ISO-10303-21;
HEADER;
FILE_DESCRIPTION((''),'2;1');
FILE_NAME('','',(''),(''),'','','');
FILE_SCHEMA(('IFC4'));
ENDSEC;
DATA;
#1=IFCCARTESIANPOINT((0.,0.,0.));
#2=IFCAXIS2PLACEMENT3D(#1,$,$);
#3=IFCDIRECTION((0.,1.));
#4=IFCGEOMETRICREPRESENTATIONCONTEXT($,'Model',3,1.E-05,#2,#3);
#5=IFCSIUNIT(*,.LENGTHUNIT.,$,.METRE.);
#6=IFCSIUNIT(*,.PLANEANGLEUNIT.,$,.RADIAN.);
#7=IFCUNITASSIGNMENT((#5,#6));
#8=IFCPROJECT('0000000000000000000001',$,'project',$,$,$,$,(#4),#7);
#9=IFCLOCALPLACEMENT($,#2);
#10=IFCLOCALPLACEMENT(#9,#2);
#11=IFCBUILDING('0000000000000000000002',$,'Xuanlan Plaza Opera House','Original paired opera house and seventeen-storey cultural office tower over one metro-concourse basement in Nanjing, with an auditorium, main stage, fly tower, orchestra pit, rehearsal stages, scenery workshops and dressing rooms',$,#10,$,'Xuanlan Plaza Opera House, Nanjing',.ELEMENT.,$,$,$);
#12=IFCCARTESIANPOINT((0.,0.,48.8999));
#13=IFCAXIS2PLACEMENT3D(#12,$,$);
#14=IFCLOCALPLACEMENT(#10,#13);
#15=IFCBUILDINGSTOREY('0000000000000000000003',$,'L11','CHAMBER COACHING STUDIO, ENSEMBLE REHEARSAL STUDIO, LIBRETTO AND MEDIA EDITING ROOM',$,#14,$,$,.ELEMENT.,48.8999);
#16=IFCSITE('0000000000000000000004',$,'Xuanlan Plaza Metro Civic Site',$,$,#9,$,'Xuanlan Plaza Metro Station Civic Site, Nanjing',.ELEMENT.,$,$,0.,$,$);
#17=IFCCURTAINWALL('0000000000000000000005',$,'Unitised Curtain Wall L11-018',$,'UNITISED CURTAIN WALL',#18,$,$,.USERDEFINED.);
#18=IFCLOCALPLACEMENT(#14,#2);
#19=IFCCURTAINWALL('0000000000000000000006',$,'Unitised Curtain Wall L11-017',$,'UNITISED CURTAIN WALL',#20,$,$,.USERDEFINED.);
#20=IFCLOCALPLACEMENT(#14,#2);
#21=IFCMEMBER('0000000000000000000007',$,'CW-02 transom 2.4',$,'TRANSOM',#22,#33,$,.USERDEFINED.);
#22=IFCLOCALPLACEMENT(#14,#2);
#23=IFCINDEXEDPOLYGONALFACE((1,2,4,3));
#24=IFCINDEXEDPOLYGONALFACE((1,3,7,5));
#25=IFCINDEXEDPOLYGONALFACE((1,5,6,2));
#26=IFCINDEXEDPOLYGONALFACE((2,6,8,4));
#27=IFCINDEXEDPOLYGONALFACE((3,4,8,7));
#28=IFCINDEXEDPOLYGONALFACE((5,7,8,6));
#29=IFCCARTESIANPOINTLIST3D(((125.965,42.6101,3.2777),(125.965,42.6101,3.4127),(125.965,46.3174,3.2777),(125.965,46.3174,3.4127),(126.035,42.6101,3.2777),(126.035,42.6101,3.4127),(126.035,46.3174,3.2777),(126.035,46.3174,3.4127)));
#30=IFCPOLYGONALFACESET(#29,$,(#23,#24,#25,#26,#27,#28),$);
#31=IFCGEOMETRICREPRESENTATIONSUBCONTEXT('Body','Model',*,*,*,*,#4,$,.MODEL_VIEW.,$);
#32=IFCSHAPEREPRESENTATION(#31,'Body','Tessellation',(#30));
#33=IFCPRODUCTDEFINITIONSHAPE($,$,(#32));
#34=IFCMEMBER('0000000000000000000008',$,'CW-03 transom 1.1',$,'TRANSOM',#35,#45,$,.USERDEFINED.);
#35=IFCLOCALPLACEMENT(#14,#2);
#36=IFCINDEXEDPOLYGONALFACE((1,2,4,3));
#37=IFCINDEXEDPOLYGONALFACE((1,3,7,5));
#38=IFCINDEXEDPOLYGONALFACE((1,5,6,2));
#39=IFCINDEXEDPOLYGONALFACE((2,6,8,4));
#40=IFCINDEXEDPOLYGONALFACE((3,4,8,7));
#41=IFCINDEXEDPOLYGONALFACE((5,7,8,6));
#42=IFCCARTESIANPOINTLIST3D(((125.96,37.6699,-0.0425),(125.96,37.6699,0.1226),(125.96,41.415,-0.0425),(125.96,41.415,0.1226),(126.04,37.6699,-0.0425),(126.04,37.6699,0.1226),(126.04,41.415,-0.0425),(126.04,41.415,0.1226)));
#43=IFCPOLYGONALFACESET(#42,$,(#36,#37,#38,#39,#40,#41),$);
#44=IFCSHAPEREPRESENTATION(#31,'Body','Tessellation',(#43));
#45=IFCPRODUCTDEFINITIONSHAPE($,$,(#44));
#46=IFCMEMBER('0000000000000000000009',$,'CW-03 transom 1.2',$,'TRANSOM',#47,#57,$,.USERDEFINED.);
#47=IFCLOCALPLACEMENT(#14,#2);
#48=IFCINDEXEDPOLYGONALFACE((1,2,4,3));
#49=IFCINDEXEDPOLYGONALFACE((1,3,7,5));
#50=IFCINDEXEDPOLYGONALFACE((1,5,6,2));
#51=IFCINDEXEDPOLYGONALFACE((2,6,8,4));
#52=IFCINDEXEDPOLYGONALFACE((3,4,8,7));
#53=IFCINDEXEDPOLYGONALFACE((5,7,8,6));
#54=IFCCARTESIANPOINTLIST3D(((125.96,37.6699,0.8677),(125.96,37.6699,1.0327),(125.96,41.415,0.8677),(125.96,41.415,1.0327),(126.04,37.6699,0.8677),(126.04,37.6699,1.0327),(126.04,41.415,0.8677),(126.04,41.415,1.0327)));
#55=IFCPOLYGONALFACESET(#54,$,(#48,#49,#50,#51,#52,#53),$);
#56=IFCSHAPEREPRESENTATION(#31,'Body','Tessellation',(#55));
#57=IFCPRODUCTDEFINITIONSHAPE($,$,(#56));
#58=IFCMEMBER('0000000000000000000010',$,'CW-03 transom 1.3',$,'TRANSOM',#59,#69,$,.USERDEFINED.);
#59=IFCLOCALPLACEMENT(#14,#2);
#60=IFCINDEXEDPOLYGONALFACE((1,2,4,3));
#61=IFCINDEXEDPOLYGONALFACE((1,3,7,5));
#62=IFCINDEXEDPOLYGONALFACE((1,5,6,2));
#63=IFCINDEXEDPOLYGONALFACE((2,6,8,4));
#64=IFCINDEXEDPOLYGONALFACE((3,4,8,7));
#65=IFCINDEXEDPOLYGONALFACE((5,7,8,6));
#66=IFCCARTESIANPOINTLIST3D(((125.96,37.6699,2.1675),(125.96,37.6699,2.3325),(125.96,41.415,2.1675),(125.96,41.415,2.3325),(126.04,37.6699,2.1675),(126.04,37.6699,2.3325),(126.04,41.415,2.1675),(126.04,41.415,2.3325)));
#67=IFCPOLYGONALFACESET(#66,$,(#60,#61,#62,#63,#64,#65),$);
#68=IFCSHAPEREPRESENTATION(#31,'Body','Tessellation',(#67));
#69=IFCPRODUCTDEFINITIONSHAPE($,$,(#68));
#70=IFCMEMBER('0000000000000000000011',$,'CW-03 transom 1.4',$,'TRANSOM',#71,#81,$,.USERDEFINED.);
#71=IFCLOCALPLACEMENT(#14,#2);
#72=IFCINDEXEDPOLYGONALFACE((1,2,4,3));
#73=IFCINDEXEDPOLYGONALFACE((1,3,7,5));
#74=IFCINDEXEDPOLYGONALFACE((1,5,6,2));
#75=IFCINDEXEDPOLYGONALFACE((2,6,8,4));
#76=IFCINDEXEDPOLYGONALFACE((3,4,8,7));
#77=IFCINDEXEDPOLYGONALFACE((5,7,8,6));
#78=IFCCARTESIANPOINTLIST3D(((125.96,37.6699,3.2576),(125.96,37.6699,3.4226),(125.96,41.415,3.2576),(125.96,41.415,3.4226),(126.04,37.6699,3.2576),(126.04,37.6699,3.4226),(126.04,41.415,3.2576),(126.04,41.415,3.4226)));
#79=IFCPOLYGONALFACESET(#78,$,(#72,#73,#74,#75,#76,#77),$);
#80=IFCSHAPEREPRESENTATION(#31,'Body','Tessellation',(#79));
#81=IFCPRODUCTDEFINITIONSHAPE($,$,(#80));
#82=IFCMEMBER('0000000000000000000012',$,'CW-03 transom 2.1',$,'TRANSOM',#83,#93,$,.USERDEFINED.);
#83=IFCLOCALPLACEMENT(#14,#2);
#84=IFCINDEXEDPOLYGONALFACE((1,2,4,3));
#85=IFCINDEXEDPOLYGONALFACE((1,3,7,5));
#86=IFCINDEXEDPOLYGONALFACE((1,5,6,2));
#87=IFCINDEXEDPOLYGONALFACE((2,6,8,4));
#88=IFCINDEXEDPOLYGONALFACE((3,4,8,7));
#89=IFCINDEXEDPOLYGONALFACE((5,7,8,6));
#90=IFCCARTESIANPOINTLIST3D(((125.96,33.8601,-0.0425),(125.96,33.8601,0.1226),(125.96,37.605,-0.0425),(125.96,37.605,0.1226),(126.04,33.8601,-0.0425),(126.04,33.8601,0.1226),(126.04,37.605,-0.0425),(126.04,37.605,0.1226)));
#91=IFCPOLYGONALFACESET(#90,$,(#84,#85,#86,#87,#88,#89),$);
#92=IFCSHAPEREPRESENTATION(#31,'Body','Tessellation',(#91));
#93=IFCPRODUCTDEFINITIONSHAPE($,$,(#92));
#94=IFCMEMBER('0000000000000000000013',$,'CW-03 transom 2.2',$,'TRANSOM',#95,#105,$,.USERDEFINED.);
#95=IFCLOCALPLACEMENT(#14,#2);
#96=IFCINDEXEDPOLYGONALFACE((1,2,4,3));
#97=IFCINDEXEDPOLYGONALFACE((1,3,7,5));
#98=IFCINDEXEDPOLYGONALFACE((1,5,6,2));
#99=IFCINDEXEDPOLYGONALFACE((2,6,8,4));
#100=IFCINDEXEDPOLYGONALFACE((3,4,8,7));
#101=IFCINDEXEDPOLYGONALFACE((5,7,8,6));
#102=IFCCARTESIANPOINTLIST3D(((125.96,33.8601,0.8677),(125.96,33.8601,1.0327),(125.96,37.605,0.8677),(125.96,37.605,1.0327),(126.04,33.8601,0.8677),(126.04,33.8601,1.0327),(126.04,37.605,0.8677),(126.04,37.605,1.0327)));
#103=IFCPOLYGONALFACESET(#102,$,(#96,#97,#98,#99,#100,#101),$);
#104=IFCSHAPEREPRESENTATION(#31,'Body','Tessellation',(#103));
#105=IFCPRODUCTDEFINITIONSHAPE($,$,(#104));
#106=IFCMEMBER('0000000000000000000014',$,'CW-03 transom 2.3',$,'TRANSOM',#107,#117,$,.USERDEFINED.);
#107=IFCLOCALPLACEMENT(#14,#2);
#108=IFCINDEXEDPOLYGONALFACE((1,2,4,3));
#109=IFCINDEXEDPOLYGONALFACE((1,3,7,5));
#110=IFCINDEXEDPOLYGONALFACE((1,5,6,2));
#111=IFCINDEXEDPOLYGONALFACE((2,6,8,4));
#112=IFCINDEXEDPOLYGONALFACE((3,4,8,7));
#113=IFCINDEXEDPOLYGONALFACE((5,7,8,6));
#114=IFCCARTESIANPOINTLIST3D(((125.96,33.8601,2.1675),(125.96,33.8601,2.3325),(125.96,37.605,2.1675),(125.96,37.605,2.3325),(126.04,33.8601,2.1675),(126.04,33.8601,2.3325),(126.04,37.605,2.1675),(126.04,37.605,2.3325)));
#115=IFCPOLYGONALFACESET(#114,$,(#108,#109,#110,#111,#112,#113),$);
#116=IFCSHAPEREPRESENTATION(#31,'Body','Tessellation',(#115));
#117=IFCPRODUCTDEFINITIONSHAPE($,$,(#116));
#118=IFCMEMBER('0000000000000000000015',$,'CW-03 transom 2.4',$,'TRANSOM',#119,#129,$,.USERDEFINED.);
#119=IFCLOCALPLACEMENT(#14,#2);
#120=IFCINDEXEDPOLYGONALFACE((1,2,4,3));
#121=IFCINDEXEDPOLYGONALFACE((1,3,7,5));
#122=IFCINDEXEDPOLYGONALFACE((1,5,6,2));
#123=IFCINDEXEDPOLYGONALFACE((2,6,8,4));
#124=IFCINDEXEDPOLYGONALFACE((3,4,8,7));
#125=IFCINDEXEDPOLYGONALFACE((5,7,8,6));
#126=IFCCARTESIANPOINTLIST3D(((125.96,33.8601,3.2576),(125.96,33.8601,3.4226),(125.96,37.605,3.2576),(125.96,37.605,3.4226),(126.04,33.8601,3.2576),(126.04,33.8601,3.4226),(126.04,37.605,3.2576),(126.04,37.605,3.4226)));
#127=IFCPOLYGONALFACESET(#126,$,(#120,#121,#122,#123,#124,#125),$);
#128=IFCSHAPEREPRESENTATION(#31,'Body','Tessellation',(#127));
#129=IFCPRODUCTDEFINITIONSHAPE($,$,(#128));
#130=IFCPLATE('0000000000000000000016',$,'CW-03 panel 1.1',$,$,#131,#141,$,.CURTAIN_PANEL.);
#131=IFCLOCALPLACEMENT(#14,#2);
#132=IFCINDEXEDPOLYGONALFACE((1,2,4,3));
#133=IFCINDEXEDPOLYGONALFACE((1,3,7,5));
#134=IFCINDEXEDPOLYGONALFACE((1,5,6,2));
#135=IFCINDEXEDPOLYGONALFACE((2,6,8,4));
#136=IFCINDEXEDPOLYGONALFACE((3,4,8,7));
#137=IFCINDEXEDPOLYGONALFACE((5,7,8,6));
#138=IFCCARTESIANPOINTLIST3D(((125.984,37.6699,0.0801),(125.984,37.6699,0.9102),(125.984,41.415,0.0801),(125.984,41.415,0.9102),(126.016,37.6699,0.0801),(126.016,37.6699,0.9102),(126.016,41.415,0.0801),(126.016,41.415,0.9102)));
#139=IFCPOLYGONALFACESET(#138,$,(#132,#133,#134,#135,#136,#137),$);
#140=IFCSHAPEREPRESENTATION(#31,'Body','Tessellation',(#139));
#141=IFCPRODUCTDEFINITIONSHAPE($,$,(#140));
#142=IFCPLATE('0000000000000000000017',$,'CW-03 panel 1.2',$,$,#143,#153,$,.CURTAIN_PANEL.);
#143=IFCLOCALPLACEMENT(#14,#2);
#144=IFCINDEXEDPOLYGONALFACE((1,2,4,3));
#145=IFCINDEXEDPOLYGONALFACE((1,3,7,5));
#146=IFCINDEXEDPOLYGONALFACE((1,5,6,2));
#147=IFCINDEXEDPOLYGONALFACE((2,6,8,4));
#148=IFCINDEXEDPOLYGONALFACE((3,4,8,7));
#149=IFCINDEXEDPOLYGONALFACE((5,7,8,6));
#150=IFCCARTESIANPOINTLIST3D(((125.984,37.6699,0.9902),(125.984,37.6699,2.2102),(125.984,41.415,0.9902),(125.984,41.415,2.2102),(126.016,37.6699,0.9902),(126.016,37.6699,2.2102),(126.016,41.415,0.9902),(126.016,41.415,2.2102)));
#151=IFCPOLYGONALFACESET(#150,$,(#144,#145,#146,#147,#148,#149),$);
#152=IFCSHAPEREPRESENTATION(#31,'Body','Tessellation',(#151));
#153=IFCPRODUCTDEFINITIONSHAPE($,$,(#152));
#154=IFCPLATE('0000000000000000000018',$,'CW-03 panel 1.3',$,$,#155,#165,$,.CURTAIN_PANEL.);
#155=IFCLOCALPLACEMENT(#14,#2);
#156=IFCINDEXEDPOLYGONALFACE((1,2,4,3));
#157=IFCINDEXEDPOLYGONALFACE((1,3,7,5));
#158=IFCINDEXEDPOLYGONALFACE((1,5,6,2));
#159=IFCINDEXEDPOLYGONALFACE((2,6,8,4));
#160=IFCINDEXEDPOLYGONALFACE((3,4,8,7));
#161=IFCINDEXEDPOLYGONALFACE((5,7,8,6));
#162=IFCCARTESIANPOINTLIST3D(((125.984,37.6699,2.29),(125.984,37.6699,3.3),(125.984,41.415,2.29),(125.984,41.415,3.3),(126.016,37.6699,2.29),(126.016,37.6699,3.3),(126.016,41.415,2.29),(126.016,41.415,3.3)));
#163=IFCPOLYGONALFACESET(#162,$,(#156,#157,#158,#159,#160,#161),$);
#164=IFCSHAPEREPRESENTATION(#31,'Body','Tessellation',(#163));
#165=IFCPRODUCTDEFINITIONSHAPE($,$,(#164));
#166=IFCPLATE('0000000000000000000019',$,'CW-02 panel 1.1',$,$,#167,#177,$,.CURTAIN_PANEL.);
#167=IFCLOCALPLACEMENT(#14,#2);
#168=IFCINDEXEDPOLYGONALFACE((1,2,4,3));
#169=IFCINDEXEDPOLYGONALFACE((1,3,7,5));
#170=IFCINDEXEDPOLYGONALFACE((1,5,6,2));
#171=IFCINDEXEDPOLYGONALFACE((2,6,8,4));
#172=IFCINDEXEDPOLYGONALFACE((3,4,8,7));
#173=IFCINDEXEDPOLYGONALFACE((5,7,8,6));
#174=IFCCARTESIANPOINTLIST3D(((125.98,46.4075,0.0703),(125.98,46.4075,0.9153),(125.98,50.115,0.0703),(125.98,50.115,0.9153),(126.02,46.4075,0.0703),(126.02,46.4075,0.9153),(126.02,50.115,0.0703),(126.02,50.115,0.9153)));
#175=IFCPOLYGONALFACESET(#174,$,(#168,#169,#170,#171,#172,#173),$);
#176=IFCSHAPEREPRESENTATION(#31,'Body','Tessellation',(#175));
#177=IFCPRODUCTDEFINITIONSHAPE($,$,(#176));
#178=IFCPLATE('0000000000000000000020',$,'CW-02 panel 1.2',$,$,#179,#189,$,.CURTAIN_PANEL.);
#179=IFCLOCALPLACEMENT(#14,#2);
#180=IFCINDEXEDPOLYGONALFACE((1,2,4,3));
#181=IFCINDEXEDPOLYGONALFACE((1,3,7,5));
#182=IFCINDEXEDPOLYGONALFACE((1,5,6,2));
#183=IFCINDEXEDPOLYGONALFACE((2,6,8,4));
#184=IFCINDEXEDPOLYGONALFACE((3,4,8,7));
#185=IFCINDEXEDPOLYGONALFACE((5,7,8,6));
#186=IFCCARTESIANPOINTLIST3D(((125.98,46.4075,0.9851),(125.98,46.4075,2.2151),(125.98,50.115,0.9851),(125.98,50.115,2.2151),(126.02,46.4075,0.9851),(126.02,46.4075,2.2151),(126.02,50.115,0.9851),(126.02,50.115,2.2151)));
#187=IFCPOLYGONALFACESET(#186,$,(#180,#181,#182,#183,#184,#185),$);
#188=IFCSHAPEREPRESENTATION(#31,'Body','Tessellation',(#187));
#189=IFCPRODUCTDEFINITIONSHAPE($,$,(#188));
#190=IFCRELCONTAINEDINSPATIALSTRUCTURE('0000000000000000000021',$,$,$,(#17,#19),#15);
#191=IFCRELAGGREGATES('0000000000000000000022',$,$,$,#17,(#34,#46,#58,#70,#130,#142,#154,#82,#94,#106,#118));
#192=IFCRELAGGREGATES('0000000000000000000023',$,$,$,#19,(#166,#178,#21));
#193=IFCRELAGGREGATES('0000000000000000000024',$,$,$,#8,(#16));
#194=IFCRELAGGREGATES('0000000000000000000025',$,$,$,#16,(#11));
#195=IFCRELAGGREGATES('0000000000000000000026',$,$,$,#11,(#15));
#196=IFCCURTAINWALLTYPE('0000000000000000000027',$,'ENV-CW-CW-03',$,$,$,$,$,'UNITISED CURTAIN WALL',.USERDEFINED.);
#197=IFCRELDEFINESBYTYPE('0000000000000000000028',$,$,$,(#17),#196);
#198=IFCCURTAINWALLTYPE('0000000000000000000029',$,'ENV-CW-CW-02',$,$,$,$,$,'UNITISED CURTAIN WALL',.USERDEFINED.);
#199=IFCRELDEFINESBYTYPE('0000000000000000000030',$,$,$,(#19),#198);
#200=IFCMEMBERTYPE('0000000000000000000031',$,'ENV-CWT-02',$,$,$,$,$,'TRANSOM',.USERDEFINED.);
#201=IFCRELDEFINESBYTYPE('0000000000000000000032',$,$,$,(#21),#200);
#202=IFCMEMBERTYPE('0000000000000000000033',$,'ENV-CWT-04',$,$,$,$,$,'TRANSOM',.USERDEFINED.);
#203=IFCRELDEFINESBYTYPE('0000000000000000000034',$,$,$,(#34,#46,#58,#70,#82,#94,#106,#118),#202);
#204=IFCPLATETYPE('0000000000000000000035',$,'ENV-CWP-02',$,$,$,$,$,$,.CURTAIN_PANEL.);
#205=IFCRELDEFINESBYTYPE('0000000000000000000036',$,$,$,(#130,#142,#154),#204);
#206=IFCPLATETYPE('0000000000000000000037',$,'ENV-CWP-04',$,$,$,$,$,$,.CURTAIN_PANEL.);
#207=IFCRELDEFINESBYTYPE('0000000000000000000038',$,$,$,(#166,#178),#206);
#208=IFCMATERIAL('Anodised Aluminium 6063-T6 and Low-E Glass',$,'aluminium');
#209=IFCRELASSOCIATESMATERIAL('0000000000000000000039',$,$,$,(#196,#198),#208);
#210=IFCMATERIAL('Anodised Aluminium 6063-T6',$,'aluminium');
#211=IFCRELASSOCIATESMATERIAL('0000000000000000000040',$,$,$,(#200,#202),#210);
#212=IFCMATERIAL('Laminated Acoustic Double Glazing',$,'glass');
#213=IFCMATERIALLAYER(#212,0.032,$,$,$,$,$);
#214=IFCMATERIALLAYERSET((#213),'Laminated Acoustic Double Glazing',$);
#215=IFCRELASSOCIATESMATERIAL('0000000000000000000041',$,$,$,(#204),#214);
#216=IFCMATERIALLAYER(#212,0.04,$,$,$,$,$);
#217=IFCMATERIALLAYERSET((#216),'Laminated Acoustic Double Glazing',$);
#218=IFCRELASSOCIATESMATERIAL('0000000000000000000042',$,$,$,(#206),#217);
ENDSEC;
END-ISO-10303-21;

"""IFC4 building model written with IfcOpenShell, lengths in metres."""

from ifc_helpers import new_model, si_unit, direction, frame, origin, origin_2d, place, context, subcontext, project, spatial, rectangle, extrude, material, layer, layer_set, material_profile, profile_set, type_object, element, aggregate, save


model = new_model("IFC4")

# Units and contexts
model_context = context("Model", 3, precision=1e-05, world=origin(), true_north=direction((0.0, 1.0)))
body_context = subcontext(model_context, "Body", "Model", "MODEL_VIEW")
ifc_project = project(units=[si_unit("LENGTHUNIT", "METRE"), si_unit("PLANEANGLEUNIT", "RADIAN")], contexts=[model_context])

# Site, building, storey
site_placement = place(None, origin())
site = spatial("IfcSite", under=ifc_project, at=site_placement, Name="Xuanlan Plaza Metro Civic Site", LongName="Xuanlan Plaza Metro Station Civic Site, Nanjing", CompositionType="ELEMENT", RefElevation=0.0)
building_placement = place(site_placement, origin())
building = spatial("IfcBuilding", under=site, at=building_placement, Name="Xuanlan Plaza Opera House", Description="Original paired opera house and seventeen-storey cultural office tower over one metro-concourse basement in Nanjing, with an auditorium, main stage, fly tower, orchestra pit, rehearsal stages, scenery workshops and dressing rooms", LongName="Xuanlan Plaza Opera House, Nanjing", CompositionType="ELEMENT")
storey_placement = place(building_placement, frame((0.0, 0.0, 48.8999)))
storey = spatial("IfcBuildingStorey", under=building, at=storey_placement, Name="L11", Description="CHAMBER COACHING STUDIO, ENSEMBLE REHEARSAL STUDIO, LIBRETTO AND MEDIA EDITING ROOM", CompositionType="ELEMENT", Elevation=48.8999)

# Curtain wall
ifc_material_1 = material(Name="Anodised Aluminium 6063-T6 and Low-E Glass", Category="aluminium")
curtain_wall_type_1 = type_object("IfcCurtainWallType", Name="ENV-CW-CW-03", ElementType="UNITISED CURTAIN WALL", PredefinedType="USERDEFINED", material=ifc_material_1)
curtain_wall_1_placement = place(storey_placement, origin())
curtain_wall_1 = element("IfcCurtainWall", 1, at=curtain_wall_1_placement, inside=storey, type_object=curtain_wall_type_1, Name="Unitised Curtain Wall L11-018", ObjectType="UNITISED CURTAIN WALL", PredefinedType="USERDEFINED")
ifc_material_2 = material(Name="Anodised Aluminium 6063-T6", Category="aluminium")

# Curtain wall, member
curtain_wall_type_2 = type_object("IfcCurtainWallType", Name="ENV-CW-CW-02", ElementType="UNITISED CURTAIN WALL", PredefinedType="USERDEFINED", material=ifc_material_1)
curtain_wall_2_placement = place(storey_placement, origin())
curtain_wall_2 = element("IfcCurtainWall", 2, at=curtain_wall_2_placement, inside=storey, type_object=curtain_wall_type_2, Name="Unitised Curtain Wall L11-017", ObjectType="UNITISED CURTAIN WALL", PredefinedType="USERDEFINED")
ifc_material_profile_1 = material_profile(ifc_material_2, rectangle(XDim=0.0701, YDim=0.135, at=origin_2d()), Name="ALU-T 70x135")
ifc_profile_set_1 = profile_set([ifc_material_profile_1], Name="Anodised Aluminium 6063-T6")
member_type_1 = type_object("IfcMemberType", Name="ENV-CWT-02", ElementType="TRANSOM", PredefinedType="USERDEFINED", material=ifc_profile_set_1)
member_1_placement = place(storey_placement, frame((126.0, 46.3174, 3.3452), z_axis=(0.0, -1.0, 0.0), x_axis=(1.0, 0.0, 0.0)))
member_1 = element("IfcMember", 3, at=member_1_placement, type_object=member_type_1, Name="CW-02 transom 2.4", ObjectType="TRANSOM", PredefinedType="USERDEFINED", context=body_context, shape_type="SweptSolid", body=[
    extrude(rectangle(XDim=0.0701, YDim=0.135, at=origin_2d()), origin(), (0.0, 0.0, 1.0), 3.7073),
])

# Members
ifc_material_profile_2 = material_profile(ifc_material_2, rectangle(XDim=0.0801, YDim=0.165, at=origin_2d()), Name="ALU-T 80x165")
ifc_profile_set_2 = profile_set([ifc_material_profile_2], Name="Anodised Aluminium 6063-T6")
member_type_2 = type_object("IfcMemberType", Name="ENV-CWT-04", ElementType="TRANSOM", PredefinedType="USERDEFINED", material=ifc_profile_set_2)
member_2_placement = place(storey_placement, frame((126.0, 41.415, 0.04), z_axis=(0.0, -1.0, 0.0), x_axis=(1.0, 0.0, 0.0)))
member_2 = element("IfcMember", 4, at=member_2_placement, type_object=member_type_2, Name="CW-03 transom 1.1", ObjectType="TRANSOM", PredefinedType="USERDEFINED", context=body_context, shape_type="SweptSolid", body=[
    extrude(rectangle(XDim=0.0801, YDim=0.165, at=origin_2d()), origin(), (0.0, 0.0, 1.0), 3.7451),
])
member_3_placement = place(storey_placement, frame((126.0, 41.415, 0.9502), z_axis=(0.0, -1.0, 0.0), x_axis=(1.0, 0.0, 0.0)))
member_3 = element("IfcMember", 5, at=member_3_placement, type_object=member_type_2, Name="CW-03 transom 1.2", ObjectType="TRANSOM", PredefinedType="USERDEFINED", context=body_context, shape_type="SweptSolid", body=[
    extrude(rectangle(XDim=0.0801, YDim=0.165, at=origin_2d()), origin(), (0.0, 0.0, 1.0), 3.7451),
])
member_4_placement = place(storey_placement, frame((126.0, 41.415, 2.25), z_axis=(0.0, -1.0, 0.0), x_axis=(1.0, 0.0, 0.0)))
member_4 = element("IfcMember", 6, at=member_4_placement, type_object=member_type_2, Name="CW-03 transom 1.3", ObjectType="TRANSOM", PredefinedType="USERDEFINED", context=body_context, shape_type="SweptSolid", body=[
    extrude(rectangle(XDim=0.0801, YDim=0.165, at=origin_2d()), origin(), (0.0, 0.0, 1.0), 3.7451),
])
member_5_placement = place(storey_placement, frame((126.0, 41.415, 3.3401), z_axis=(0.0, -1.0, 0.0), x_axis=(1.0, 0.0, 0.0)))
member_5 = element("IfcMember", 7, at=member_5_placement, type_object=member_type_2, Name="CW-03 transom 1.4", ObjectType="TRANSOM", PredefinedType="USERDEFINED", context=body_context, shape_type="SweptSolid", body=[
    extrude(rectangle(XDim=0.0801, YDim=0.165, at=origin_2d()), origin(), (0.0, 0.0, 1.0), 3.7451),
])
member_6_placement = place(storey_placement, frame((126.0, 37.605, 0.04), z_axis=(0.0, -1.0, 0.0), x_axis=(1.0, 0.0, 0.0)))
member_6 = element("IfcMember", 8, at=member_6_placement, type_object=member_type_2, Name="CW-03 transom 2.1", ObjectType="TRANSOM", PredefinedType="USERDEFINED", context=body_context, shape_type="SweptSolid", body=[
    extrude(rectangle(XDim=0.0801, YDim=0.165, at=origin_2d()), origin(), (0.0, 0.0, 1.0), 3.7449),
])
member_7_placement = place(storey_placement, frame((126.0, 37.605, 0.9502), z_axis=(0.0, -1.0, 0.0), x_axis=(1.0, 0.0, 0.0)))
member_7 = element("IfcMember", 9, at=member_7_placement, type_object=member_type_2, Name="CW-03 transom 2.2", ObjectType="TRANSOM", PredefinedType="USERDEFINED", context=body_context, shape_type="SweptSolid", body=[
    extrude(rectangle(XDim=0.0801, YDim=0.165, at=origin_2d()), origin(), (0.0, 0.0, 1.0), 3.7449),
])
member_8_placement = place(storey_placement, frame((126.0, 37.605, 2.25), z_axis=(0.0, -1.0, 0.0), x_axis=(1.0, 0.0, 0.0)))
member_8 = element("IfcMember", 10, at=member_8_placement, type_object=member_type_2, Name="CW-03 transom 2.3", ObjectType="TRANSOM", PredefinedType="USERDEFINED", context=body_context, shape_type="SweptSolid", body=[
    extrude(rectangle(XDim=0.0801, YDim=0.165, at=origin_2d()), origin(), (0.0, 0.0, 1.0), 3.7449),
])
member_9_placement = place(storey_placement, frame((126.0, 37.605, 3.3401), z_axis=(0.0, -1.0, 0.0), x_axis=(1.0, 0.0, 0.0)))
member_9 = element("IfcMember", 11, at=member_9_placement, type_object=member_type_2, Name="CW-03 transom 2.4", ObjectType="TRANSOM", PredefinedType="USERDEFINED", context=body_context, shape_type="SweptSolid", body=[
    extrude(rectangle(XDim=0.0801, YDim=0.165, at=origin_2d()), origin(), (0.0, 0.0, 1.0), 3.7449),
])

# Plates
ifc_material_3 = material(Name="Laminated Acoustic Double Glazing", Category="glass")
ifc_layer_1 = layer(ifc_material_3, 0.032)
ifc_layer_set_1 = layer_set([ifc_layer_1], Name="Laminated Acoustic Double Glazing")
plate_type_1 = type_object("IfcPlateType", Name="ENV-CWP-02", PredefinedType="CURTAIN_PANEL", material=ifc_layer_set_1)
plate_1_placement = place(storey_placement, frame((126.0, 39.5425, 0.0801), z_axis=(0.0, 0.0, 1.0), x_axis=(0.0, -1.0, 0.0)))
plate_1 = element("IfcPlate", 12, at=plate_1_placement, type_object=plate_type_1, Name="CW-03 panel 1.1", PredefinedType="CURTAIN_PANEL", context=body_context, shape_type="SweptSolid", body=[
    extrude(rectangle(XDim=3.7451, YDim=0.032, at=origin_2d()), origin(), (0.0, 0.0, 1.0), 0.8301),
])
plate_2_placement = place(storey_placement, frame((126.0, 39.5425, 0.9902), z_axis=(0.0, 0.0, 1.0), x_axis=(0.0, -1.0, 0.0)))
plate_2 = element("IfcPlate", 13, at=plate_2_placement, type_object=plate_type_1, Name="CW-03 panel 1.2", PredefinedType="CURTAIN_PANEL", context=body_context, shape_type="SweptSolid", body=[
    extrude(rectangle(XDim=3.7451, YDim=0.032, at=origin_2d()), origin(), (0.0, 0.0, 1.0), 1.22),
])
plate_3_placement = place(storey_placement, frame((126.0, 39.5425, 2.29), z_axis=(0.0, 0.0, 1.0), x_axis=(0.0, -1.0, 0.0)))
plate_3 = element("IfcPlate", 14, at=plate_3_placement, type_object=plate_type_1, Name="CW-03 panel 1.3", PredefinedType="CURTAIN_PANEL", context=body_context, shape_type="SweptSolid", body=[
    extrude(rectangle(XDim=3.7451, YDim=0.032, at=origin_2d()), origin(), (0.0, 0.0, 1.0), 1.01),
])
aggregate(curtain_wall_1, [member_2, member_3, member_4, member_5, plate_1, plate_2, plate_3, member_6, member_7, member_8, member_9])
ifc_layer_2 = layer(ifc_material_3, 0.04)
ifc_layer_set_2 = layer_set([ifc_layer_2], Name="Laminated Acoustic Double Glazing")
plate_type_2 = type_object("IfcPlateType", Name="ENV-CWP-04", PredefinedType="CURTAIN_PANEL", material=ifc_layer_set_2)
plate_4_placement = place(storey_placement, frame((126.0, 48.2612, 0.0703), z_axis=(0.0, 0.0, 1.0), x_axis=(0.0, -1.0, 0.0)))
plate_4 = element("IfcPlate", 15, at=plate_4_placement, type_object=plate_type_2, Name="CW-02 panel 1.1", PredefinedType="CURTAIN_PANEL", context=body_context, shape_type="SweptSolid", body=[
    extrude(rectangle(XDim=3.7075, YDim=0.04, at=origin_2d()), origin(), (0.0, 0.0, 1.0), 0.845),
])
plate_5_placement = place(storey_placement, frame((126.0, 48.2612, 0.9851), z_axis=(0.0, 0.0, 1.0), x_axis=(0.0, -1.0, 0.0)))
plate_5 = element("IfcPlate", 16, at=plate_5_placement, type_object=plate_type_2, Name="CW-02 panel 1.2", PredefinedType="CURTAIN_PANEL", context=body_context, shape_type="SweptSolid", body=[
    extrude(rectangle(XDim=3.7075, YDim=0.04, at=origin_2d()), origin(), (0.0, 0.0, 1.0), 1.23),
])
aggregate(curtain_wall_2, [plate_4, plate_5, member_1])

save(model, "model.ifc")
